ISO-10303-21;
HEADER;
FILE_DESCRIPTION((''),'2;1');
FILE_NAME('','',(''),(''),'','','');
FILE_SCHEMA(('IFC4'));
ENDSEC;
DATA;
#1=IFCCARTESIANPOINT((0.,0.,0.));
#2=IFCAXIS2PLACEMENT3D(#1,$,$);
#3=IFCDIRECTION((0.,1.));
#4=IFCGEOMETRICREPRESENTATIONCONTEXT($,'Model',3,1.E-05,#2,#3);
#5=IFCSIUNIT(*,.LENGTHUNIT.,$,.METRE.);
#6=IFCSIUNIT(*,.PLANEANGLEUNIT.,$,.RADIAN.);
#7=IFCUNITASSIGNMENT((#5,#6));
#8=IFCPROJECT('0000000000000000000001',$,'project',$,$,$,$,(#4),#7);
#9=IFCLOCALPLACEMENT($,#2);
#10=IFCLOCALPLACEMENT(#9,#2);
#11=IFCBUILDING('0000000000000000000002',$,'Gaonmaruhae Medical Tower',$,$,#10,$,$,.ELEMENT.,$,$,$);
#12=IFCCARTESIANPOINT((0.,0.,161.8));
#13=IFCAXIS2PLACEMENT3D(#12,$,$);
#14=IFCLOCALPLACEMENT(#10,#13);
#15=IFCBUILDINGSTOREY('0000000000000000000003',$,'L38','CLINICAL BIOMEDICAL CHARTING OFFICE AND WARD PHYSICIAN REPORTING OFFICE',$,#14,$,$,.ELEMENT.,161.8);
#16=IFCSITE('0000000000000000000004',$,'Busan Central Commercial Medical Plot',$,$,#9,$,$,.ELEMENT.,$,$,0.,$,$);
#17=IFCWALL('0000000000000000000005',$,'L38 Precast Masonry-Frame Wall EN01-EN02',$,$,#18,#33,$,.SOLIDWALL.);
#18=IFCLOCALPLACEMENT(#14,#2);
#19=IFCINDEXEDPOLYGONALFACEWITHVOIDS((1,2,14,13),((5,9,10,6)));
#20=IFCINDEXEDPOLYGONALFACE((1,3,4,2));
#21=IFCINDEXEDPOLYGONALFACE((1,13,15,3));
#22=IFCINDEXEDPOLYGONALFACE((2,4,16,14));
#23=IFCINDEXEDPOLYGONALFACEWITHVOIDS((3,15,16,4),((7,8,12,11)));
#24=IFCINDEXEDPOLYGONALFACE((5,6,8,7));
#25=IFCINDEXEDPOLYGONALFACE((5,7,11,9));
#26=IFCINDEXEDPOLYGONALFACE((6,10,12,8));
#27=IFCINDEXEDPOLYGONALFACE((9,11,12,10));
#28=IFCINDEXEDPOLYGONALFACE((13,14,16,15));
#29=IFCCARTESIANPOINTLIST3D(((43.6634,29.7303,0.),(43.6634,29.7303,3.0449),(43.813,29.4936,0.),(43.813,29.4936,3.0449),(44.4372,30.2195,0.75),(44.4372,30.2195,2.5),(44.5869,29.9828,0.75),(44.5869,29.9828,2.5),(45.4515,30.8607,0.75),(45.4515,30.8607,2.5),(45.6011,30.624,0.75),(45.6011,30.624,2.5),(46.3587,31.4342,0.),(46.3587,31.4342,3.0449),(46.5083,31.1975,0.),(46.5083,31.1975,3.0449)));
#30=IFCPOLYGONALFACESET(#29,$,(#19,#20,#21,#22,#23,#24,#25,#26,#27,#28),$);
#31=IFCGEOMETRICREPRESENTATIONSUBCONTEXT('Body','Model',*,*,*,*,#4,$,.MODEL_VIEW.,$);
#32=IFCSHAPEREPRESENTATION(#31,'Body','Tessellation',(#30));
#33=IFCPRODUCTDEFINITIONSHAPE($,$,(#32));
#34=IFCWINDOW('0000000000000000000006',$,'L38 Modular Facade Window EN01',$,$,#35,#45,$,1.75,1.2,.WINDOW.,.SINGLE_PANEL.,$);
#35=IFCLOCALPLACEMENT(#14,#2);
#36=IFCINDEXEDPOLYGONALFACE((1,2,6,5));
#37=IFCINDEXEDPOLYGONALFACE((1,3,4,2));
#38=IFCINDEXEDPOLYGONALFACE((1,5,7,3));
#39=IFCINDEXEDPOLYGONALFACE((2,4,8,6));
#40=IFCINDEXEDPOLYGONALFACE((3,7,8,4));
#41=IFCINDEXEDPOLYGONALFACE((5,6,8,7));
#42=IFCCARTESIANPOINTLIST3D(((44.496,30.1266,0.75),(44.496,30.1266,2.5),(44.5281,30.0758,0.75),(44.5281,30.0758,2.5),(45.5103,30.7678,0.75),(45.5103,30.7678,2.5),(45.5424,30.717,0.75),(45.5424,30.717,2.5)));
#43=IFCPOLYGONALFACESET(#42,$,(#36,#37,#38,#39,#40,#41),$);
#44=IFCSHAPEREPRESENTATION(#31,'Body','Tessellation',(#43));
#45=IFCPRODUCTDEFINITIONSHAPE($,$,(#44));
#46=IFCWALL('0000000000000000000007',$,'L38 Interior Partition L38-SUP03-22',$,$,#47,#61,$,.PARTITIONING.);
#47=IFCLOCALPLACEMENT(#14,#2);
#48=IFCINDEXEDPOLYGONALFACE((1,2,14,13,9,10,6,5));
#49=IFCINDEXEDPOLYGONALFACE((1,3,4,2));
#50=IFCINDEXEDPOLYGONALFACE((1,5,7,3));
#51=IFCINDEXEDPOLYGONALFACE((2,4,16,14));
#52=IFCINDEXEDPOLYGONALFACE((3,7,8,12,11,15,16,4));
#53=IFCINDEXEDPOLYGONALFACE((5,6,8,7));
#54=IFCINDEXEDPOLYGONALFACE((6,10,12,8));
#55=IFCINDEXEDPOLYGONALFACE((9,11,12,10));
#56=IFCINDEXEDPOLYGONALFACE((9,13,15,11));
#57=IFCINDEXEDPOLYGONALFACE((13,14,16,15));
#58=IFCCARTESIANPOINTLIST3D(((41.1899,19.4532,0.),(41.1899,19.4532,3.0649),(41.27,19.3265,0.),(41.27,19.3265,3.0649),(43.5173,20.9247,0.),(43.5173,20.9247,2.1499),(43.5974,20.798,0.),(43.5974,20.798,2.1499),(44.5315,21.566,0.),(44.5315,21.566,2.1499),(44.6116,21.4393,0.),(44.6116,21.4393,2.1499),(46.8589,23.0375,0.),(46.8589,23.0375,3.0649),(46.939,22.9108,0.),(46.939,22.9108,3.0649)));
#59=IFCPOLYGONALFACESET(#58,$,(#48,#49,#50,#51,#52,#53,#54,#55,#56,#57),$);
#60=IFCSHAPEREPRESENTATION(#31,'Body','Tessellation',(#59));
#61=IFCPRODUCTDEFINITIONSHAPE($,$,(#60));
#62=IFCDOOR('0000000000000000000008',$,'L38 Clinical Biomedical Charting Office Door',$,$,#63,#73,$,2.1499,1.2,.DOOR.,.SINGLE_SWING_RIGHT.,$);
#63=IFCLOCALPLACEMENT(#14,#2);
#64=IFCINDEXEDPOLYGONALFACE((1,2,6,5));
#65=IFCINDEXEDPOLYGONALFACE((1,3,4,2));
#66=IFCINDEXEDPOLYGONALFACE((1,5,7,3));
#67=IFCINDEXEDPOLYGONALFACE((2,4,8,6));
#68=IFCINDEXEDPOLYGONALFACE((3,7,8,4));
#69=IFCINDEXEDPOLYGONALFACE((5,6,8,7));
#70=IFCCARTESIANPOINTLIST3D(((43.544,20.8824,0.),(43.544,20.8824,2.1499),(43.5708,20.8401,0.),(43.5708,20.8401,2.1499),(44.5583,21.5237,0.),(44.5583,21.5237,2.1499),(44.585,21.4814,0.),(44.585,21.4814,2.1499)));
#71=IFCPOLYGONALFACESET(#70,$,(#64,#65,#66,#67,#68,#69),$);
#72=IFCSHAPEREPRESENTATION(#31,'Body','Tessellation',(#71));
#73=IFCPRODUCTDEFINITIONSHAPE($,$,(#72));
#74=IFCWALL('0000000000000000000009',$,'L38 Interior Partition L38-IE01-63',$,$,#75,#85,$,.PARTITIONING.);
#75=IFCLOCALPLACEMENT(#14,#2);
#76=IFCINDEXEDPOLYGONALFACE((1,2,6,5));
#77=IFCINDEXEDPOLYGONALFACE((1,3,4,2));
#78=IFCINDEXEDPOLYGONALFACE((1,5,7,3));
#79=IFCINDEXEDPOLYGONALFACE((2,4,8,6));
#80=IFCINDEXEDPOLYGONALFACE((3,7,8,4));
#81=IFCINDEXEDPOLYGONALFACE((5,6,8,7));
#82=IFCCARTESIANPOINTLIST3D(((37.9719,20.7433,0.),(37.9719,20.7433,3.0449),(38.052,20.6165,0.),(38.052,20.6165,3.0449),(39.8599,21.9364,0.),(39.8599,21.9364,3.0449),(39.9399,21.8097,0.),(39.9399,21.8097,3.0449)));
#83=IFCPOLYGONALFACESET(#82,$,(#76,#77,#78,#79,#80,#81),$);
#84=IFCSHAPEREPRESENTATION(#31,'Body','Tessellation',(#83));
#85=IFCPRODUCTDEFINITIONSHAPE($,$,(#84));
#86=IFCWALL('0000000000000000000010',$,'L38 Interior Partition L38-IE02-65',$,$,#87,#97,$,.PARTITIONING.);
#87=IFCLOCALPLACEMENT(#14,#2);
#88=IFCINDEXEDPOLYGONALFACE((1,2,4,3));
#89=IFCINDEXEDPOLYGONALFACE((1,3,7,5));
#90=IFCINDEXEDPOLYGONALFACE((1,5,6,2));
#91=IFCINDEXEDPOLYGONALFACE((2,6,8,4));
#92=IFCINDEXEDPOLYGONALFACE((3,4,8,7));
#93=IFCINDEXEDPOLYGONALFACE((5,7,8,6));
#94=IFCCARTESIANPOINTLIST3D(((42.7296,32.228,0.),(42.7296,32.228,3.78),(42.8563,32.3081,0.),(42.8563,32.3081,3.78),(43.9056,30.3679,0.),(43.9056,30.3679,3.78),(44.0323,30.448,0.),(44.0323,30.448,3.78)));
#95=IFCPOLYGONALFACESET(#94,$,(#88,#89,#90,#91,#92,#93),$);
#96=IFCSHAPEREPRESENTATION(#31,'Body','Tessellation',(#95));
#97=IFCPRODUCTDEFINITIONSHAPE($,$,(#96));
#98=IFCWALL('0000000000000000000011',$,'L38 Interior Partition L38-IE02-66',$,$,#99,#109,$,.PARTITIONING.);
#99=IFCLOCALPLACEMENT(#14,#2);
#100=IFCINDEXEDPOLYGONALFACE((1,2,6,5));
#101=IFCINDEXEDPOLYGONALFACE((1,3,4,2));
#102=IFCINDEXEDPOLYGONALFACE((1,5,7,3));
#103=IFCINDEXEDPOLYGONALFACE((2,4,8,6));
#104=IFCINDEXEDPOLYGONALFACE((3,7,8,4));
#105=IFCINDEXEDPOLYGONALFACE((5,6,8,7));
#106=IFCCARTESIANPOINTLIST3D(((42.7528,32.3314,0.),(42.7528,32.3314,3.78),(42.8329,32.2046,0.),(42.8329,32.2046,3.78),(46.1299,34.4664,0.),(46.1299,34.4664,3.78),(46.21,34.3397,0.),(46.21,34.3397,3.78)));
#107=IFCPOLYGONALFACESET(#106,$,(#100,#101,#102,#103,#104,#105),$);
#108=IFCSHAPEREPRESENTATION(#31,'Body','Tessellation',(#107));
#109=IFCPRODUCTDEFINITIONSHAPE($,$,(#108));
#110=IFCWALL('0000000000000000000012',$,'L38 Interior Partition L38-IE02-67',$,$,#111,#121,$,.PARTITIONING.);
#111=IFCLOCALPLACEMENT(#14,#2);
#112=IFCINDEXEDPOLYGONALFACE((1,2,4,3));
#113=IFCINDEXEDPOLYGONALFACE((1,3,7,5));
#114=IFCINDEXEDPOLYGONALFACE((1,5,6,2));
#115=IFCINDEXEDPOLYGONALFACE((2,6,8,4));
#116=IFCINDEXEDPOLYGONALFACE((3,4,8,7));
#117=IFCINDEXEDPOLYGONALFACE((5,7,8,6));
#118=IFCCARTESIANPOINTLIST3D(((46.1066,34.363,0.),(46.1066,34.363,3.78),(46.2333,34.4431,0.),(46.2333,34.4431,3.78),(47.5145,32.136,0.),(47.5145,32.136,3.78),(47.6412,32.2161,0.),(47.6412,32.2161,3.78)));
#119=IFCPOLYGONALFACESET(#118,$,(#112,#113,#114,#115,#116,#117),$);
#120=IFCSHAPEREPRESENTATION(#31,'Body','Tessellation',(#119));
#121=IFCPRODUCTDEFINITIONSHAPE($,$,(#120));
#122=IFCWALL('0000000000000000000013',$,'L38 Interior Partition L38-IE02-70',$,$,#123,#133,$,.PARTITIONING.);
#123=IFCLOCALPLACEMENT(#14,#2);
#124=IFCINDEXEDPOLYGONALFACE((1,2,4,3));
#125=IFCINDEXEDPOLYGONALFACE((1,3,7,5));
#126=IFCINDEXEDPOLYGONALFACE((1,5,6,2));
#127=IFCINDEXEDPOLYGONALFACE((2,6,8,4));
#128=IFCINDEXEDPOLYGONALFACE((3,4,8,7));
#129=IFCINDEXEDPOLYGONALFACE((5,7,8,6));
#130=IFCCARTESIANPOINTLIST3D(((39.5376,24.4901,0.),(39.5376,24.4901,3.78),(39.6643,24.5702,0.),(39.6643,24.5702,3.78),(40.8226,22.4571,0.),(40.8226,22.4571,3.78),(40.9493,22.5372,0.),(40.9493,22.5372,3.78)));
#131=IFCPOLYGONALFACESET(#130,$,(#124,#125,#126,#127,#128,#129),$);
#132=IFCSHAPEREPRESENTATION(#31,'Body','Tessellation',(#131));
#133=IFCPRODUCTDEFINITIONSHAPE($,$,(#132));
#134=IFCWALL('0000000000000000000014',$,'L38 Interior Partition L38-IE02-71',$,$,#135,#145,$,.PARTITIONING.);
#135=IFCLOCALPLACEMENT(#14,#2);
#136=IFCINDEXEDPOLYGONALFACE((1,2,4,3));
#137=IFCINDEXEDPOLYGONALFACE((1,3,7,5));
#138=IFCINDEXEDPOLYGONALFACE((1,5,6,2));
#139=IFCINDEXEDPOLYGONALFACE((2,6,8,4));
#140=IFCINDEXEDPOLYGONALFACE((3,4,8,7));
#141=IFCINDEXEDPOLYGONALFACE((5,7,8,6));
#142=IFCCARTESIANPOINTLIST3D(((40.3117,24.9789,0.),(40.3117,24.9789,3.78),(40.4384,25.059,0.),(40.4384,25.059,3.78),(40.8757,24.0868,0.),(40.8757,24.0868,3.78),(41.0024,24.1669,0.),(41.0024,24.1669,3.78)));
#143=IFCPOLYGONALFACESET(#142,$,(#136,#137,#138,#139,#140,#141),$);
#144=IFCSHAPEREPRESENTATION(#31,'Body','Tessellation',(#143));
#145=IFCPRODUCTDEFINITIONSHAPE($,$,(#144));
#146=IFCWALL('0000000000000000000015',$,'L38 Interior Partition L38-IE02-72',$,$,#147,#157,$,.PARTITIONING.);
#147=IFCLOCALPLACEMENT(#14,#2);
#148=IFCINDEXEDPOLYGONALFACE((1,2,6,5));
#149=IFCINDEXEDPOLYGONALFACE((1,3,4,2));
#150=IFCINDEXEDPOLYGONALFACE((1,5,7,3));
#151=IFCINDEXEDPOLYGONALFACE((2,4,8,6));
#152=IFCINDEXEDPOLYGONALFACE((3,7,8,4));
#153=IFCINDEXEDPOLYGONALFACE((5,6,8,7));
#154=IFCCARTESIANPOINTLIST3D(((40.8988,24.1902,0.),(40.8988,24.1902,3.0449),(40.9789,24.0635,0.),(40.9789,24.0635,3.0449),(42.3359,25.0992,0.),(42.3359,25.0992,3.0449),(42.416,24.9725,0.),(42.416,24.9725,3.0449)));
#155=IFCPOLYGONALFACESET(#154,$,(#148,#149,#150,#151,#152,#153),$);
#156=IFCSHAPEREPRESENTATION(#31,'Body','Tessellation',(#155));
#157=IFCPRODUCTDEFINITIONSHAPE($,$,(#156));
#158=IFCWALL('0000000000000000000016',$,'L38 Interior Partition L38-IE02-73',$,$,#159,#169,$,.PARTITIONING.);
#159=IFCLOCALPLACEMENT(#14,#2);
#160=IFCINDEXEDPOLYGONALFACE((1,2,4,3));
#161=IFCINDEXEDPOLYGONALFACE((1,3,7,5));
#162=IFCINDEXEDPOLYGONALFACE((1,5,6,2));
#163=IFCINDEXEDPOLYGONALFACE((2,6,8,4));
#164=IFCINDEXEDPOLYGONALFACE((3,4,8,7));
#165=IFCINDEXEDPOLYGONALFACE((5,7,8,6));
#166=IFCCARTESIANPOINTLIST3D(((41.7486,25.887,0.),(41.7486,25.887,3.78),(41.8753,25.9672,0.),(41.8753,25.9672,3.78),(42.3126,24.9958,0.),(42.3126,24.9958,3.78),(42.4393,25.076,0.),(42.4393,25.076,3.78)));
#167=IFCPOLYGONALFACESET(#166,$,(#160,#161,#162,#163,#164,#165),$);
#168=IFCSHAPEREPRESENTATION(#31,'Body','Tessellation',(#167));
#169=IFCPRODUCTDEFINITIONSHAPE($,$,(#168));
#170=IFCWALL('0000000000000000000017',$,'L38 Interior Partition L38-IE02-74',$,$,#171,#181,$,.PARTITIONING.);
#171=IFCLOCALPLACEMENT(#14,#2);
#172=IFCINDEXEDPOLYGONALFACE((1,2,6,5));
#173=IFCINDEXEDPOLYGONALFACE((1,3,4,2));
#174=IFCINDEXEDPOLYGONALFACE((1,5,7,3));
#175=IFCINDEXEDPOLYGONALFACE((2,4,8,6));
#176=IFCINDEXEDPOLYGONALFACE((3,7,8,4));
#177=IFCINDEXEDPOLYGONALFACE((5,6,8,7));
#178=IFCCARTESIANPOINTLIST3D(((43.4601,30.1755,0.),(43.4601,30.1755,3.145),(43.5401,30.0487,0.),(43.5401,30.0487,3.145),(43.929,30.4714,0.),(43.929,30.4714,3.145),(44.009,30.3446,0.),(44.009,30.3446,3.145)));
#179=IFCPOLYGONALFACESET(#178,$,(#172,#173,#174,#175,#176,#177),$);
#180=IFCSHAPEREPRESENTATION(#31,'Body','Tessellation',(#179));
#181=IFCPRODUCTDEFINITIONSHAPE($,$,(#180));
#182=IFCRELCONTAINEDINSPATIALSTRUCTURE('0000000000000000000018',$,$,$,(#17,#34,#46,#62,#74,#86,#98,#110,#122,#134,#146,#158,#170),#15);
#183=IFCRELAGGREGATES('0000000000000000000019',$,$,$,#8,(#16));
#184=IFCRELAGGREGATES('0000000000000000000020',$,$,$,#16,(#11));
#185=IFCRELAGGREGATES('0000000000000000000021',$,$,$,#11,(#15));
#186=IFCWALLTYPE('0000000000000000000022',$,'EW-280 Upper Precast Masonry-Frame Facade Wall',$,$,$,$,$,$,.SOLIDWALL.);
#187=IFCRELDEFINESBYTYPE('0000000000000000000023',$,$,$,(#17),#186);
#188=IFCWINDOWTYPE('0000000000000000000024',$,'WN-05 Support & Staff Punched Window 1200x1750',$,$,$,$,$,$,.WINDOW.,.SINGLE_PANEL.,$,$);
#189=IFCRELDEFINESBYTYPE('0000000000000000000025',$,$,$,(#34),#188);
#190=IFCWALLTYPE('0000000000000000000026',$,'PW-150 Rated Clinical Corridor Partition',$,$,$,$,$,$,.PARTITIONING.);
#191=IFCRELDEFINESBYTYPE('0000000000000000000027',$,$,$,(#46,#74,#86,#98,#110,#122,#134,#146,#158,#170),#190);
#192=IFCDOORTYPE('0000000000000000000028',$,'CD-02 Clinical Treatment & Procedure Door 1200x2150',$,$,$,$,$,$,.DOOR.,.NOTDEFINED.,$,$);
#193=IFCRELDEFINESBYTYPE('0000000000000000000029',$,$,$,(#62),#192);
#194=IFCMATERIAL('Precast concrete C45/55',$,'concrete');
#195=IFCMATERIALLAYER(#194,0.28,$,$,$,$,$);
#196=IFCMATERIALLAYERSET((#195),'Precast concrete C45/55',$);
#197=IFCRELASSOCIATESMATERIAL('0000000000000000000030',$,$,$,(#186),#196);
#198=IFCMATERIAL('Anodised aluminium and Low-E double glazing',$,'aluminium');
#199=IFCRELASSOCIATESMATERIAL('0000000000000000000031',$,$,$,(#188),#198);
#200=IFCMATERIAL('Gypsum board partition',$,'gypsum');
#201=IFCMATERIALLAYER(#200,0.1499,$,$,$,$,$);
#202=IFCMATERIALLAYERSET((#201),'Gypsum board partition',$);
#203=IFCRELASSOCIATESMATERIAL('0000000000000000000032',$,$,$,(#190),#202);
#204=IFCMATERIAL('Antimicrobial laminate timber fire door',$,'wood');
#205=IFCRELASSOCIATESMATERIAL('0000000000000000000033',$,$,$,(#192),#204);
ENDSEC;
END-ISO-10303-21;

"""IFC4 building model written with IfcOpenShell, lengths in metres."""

from ifc_helpers import new_model, si_unit, direction, frame, frame_2d, origin, place, context, subcontext, project, spatial, rectangle, extrude, material, layer, layer_set, type_object, element, fill, save


model = new_model("IFC4")

# Units and contexts
model_context = context("Model", 3, precision=1e-05, world=origin(), true_north=direction((0.0, 1.0)))
body_context = subcontext(model_context, "Body", "Model", "MODEL_VIEW")
ifc_project = project(units=[si_unit("LENGTHUNIT", "METRE"), si_unit("PLANEANGLEUNIT", "RADIAN")], contexts=[model_context])

# Site, building, storey
site_placement = place(None, origin())
site = spatial("IfcSite", under=ifc_project, at=site_placement, Name="Busan Central Commercial Medical Plot", CompositionType="ELEMENT", RefElevation=0.0)
building_placement = place(site_placement, origin())
building = spatial("IfcBuilding", under=site, at=building_placement, Name="Gaonmaruhae Medical Tower", CompositionType="ELEMENT")
storey_placement = place(building_placement, frame((0.0, 0.0, 161.8)))
storey = spatial("IfcBuildingStorey", under=building, at=storey_placement, Name="L38", Description="CLINICAL BIOMEDICAL CHARTING OFFICE AND WARD PHYSICIAN REPORTING OFFICE", CompositionType="ELEMENT", Elevation=161.8)

# Shared definitions
ifc_material_1 = material(Name="Precast concrete C45/55", Category="concrete")

# Wall, opening, window
ifc_layer_1 = layer(ifc_material_1, 0.28)
ifc_layer_set_1 = layer_set([ifc_layer_1], Name="Precast concrete C45/55")
wall_type_1 = type_object("IfcWallType", Name="EW-280 Upper Precast Masonry-Frame Facade Wall", PredefinedType="SOLIDWALL", material=ifc_layer_set_1)
wall_1_placement = place(storey_placement, frame((43.7383, 29.6121, 0.0), z_axis=(0.0, 0.0, 1.0), x_axis=(0.845269, 0.534342, 0.0)))
wall_1 = element("IfcWall", 1, at=wall_1_placement, inside=storey, type_object=wall_type_1, Name="L38 Precast Masonry-Frame Wall EN01-EN02", PredefinedType="SOLIDWALL", context=body_context, shape_type="SweptSolid", body=[
    extrude(rectangle(XDim=3.1887, YDim=0.28, at=frame_2d((1.5942, 0.0))), origin(), (0.0, 0.0, 1.0), 3.0449),
])
opening_1_placement = place(wall_1_placement, frame((0.9153, 0.0, 0.75)))
opening_1 = element("IfcOpeningElement", 2, at=opening_1_placement, cuts=wall_1, PredefinedType="OPENING", context=body_context, shape_type="SweptSolid", body=[
    extrude(rectangle(XDim=1.2, YDim=1.75, at=frame_2d((0.6001, 0.875))), frame((0.0, 0.1499, 0.0), z_axis=(0.0, -1.0, 0.0), x_axis=(1.0, 0.0, 0.0)), (0.0, 0.0, 1.0), 0.3),
])
ifc_material_2 = material(Name="Anodised aluminium and Low-E double glazing", Category="aluminium")
window_type = type_object("IfcWindowType", Name="WN-05 Support & Staff Punched Window 1200x1750", PartitioningType="SINGLE_PANEL", PredefinedType="WINDOW", material=ifc_material_2)
window_placement = place(opening_1_placement, origin())
window = element("IfcWindow", 3, at=window_placement, inside=storey, type_object=window_type, Name="L38 Modular Facade Window EN01", OverallHeight=1.75, OverallWidth=1.2, PartitioningType="SINGLE_PANEL", PredefinedType="WINDOW", context=body_context, shape_type="SweptSolid", body=[
    extrude(rectangle(XDim=1.2, YDim=1.75, at=frame_2d((0.6001, 0.875))), frame((0.0, 0.03, 0.0), z_axis=(0.0, -1.0, 0.0), x_axis=(1.0, 0.0, 0.0)), (0.0, 0.0, 1.0), 0.0601),
])
fill(opening_1, window)

# Wall, opening, door
ifc_material_3 = material(Name="Gypsum board partition", Category="gypsum")
ifc_layer_2 = layer(ifc_material_3, 0.1499)
ifc_layer_set_2 = layer_set([ifc_layer_2], Name="Gypsum board partition")
wall_type_2 = type_object("IfcWallType", Name="PW-150 Rated Clinical Corridor Partition", PredefinedType="PARTITIONING", material=ifc_layer_set_2)
wall_2_placement = place(storey_placement, frame((41.23, 19.3899, 0.0), z_axis=(0.0, 0.0, 1.0), x_axis=(0.84523, 0.534402, 0.0)))
wall_2 = element("IfcWall", 4, at=wall_2_placement, inside=storey, type_object=wall_type_2, Name="L38 Interior Partition L38-SUP03-22", PredefinedType="PARTITIONING", context=body_context, shape_type="SweptSolid", body=[
    extrude(rectangle(XDim=6.707, YDim=0.1499, at=frame_2d((3.3535, 0.0))), origin(), (0.0, 0.0, 1.0), 3.0649),
])
opening_2_placement = place(wall_2_placement, frame((2.7534, 0.0, 0.0)))
opening_2 = element("IfcOpeningElement", 5, at=opening_2_placement, cuts=wall_2, PredefinedType="OPENING", context=body_context, shape_type="SweptSolid", body=[
    extrude(rectangle(XDim=1.2, YDim=2.1499, at=frame_2d((0.6001, 1.075))), frame((0.0, 0.085, 0.0), z_axis=(0.0, -1.0, 0.0), x_axis=(1.0, 0.0, 0.0)), (0.0, 0.0, 1.0), 0.1699),
])
ifc_material_4 = material(Name="Antimicrobial laminate timber fire door", Category="wood")
door_type_1 = type_object("IfcDoorType", Name="CD-02 Clinical Treatment & Procedure Door 1200x2150", OperationType="NOTDEFINED", PredefinedType="DOOR", material=ifc_material_4)
door_1_placement = place(opening_2_placement, origin())
door_1 = element("IfcDoor", 6, at=door_1_placement, inside=storey, type_object=door_type_1, Name="L38 Clinical Biomedical Charting Office Door", OperationType="SINGLE_SWING_RIGHT", OverallHeight=2.1499, OverallWidth=1.2, PredefinedType="DOOR", context=body_context, shape_type="SweptSolid", body=[
    extrude(rectangle(XDim=1.2, YDim=2.1499, at=frame_2d((0.6001, 1.075))), frame((0.0, 0.0249, 0.0), z_axis=(0.0, -1.0, 0.0), x_axis=(1.0, 0.0, 0.0)), (0.0, 0.0, 1.0), 0.05),
])
fill(opening_2, door_1)

# Walls
wall_3_placement = place(storey_placement, frame((39.8999, 21.873, 0.0), z_axis=(0.0, 0.0, 1.0), x_axis=(-0.845341, -0.534227, 0.0)))
element("IfcWall", 7, at=wall_3_placement, inside=storey, type_object=wall_type_2, Name="L38 Interior Partition L38-IE01-63", PredefinedType="PARTITIONING", context=body_context, shape_type="SweptSolid", body=[
    extrude(rectangle(XDim=2.2334, YDim=0.1499, at=frame_2d((1.1167, 0.0))), origin(), (0.0, 0.0, 1.0), 3.0449),
])
wall_4_placement = place(storey_placement, frame((43.969, 30.408, 0.0), z_axis=(0.0, 0.0, 1.0), x_axis=(-0.534389, 0.845238, 0.0)))
element("IfcWall", 8, at=wall_4_placement, inside=storey, type_object=wall_type_2, Name="L38 Interior Partition L38-IE02-65", PredefinedType="PARTITIONING", context=body_context, shape_type="SweptSolid", body=[
    extrude(rectangle(XDim=2.2007, YDim=0.1499, at=frame_2d((1.1003, 0.0))), origin(), (0.0, 0.0, 1.0), 3.78),
])
wall_5_placement = place(storey_placement, frame((42.793, 32.2681, 0.0), z_axis=(0.0, 0.0, 1.0), x_axis=(0.845241, 0.534386, 0.0)))
element("IfcWall", 9, at=wall_5_placement, inside=storey, type_object=wall_type_2, Name="L38 Interior Partition L38-IE02-66", PredefinedType="PARTITIONING", context=body_context, shape_type="SweptSolid", body=[
    extrude(rectangle(XDim=3.9954, YDim=0.1499, at=frame_2d((1.9976, 0.0))), origin(), (0.0, 0.0, 1.0), 3.78),
])
wall_6_placement = place(storey_placement, frame((46.1699, 34.4031, 0.0), z_axis=(0.0, 0.0, 1.0), x_axis=(0.534373, -0.845249, 0.0)))
element("IfcWall", 10, at=wall_6_placement, inside=storey, type_object=wall_type_2, Name="L38 Interior Partition L38-IE02-67", PredefinedType="PARTITIONING", context=body_context, shape_type="SweptSolid", body=[
    extrude(rectangle(XDim=2.6348, YDim=0.1499, at=frame_2d((1.3174, 0.0))), origin(), (0.0, 0.0, 1.0), 3.78),
])
wall_7_placement = place(storey_placement, frame((40.886, 22.4971, 0.0), z_axis=(0.0, 0.0, 1.0), x_axis=(-0.534272, 0.845313, 0.0)))
element("IfcWall", 11, at=wall_7_placement, inside=storey, type_object=wall_type_2, Name="L38 Interior Partition L38-IE02-70", PredefinedType="PARTITIONING", context=body_context, shape_type="SweptSolid", body=[
    extrude(rectangle(XDim=2.405, YDim=0.1499, at=frame_2d((1.2026, 0.0))), origin(), (0.0, 0.0, 1.0), 3.78),
])
wall_8_placement = place(storey_placement, frame((40.375, 25.019, 0.0), z_axis=(0.0, 0.0, 1.0), x_axis=(0.534358, -0.845258, 0.0)))
element("IfcWall", 12, at=wall_8_placement, inside=storey, type_object=wall_type_2, Name="L38 Interior Partition L38-IE02-71", PredefinedType="PARTITIONING", context=body_context, shape_type="SweptSolid", body=[
    extrude(rectangle(XDim=1.0554, YDim=0.1499, at=frame_2d((0.5278, 0.0))), origin(), (0.0, 0.0, 1.0), 3.78),
])
wall_9_placement = place(storey_placement, frame((40.939, 24.127, 0.0), z_axis=(0.0, 0.0, 1.0), x_axis=(0.84513, 0.53456, 0.0)))
element("IfcWall", 13, at=wall_9_placement, inside=storey, type_object=wall_type_2, Name="L38 Interior Partition L38-IE02-72", PredefinedType="PARTITIONING", context=body_context, shape_type="SweptSolid", body=[
    extrude(rectangle(XDim=1.7004, YDim=0.1499, at=frame_2d((0.8501, 0.0))), origin(), (0.0, 0.0, 1.0), 3.0449),
])
wall_10_placement = place(storey_placement, frame((42.376, 25.0359, 0.0), z_axis=(0.0, 0.0, 1.0), x_axis=(-0.534777, 0.844993, 0.0)))
element("IfcWall", 14, at=wall_10_placement, inside=storey, type_object=wall_type_2, Name="L38 Interior Partition L38-IE02-73", PredefinedType="PARTITIONING", context=body_context, shape_type="SweptSolid", body=[
    extrude(rectangle(XDim=1.0547, YDim=0.1499, at=frame_2d((0.5273, 0.0))), origin(), (0.0, 0.0, 1.0), 3.78),
])
wall_11_placement = place(storey_placement, frame((43.5, 30.1121, 0.0), z_axis=(0.0, 0.0, 1.0), x_axis=(0.84574, 0.533595, 0.0)))
element("IfcWall", 15, at=wall_11_placement, inside=storey, type_object=wall_type_2, Name="L38 Interior Partition L38-IE02-74", PredefinedType="PARTITIONING", context=body_context, shape_type="SweptSolid", body=[
    extrude(rectangle(XDim=0.5544, YDim=0.1499, at=frame_2d((0.2773, 0.0))), origin(), (0.0, 0.0, 1.0), 3.145),
])

save(model, "model.ifc")
